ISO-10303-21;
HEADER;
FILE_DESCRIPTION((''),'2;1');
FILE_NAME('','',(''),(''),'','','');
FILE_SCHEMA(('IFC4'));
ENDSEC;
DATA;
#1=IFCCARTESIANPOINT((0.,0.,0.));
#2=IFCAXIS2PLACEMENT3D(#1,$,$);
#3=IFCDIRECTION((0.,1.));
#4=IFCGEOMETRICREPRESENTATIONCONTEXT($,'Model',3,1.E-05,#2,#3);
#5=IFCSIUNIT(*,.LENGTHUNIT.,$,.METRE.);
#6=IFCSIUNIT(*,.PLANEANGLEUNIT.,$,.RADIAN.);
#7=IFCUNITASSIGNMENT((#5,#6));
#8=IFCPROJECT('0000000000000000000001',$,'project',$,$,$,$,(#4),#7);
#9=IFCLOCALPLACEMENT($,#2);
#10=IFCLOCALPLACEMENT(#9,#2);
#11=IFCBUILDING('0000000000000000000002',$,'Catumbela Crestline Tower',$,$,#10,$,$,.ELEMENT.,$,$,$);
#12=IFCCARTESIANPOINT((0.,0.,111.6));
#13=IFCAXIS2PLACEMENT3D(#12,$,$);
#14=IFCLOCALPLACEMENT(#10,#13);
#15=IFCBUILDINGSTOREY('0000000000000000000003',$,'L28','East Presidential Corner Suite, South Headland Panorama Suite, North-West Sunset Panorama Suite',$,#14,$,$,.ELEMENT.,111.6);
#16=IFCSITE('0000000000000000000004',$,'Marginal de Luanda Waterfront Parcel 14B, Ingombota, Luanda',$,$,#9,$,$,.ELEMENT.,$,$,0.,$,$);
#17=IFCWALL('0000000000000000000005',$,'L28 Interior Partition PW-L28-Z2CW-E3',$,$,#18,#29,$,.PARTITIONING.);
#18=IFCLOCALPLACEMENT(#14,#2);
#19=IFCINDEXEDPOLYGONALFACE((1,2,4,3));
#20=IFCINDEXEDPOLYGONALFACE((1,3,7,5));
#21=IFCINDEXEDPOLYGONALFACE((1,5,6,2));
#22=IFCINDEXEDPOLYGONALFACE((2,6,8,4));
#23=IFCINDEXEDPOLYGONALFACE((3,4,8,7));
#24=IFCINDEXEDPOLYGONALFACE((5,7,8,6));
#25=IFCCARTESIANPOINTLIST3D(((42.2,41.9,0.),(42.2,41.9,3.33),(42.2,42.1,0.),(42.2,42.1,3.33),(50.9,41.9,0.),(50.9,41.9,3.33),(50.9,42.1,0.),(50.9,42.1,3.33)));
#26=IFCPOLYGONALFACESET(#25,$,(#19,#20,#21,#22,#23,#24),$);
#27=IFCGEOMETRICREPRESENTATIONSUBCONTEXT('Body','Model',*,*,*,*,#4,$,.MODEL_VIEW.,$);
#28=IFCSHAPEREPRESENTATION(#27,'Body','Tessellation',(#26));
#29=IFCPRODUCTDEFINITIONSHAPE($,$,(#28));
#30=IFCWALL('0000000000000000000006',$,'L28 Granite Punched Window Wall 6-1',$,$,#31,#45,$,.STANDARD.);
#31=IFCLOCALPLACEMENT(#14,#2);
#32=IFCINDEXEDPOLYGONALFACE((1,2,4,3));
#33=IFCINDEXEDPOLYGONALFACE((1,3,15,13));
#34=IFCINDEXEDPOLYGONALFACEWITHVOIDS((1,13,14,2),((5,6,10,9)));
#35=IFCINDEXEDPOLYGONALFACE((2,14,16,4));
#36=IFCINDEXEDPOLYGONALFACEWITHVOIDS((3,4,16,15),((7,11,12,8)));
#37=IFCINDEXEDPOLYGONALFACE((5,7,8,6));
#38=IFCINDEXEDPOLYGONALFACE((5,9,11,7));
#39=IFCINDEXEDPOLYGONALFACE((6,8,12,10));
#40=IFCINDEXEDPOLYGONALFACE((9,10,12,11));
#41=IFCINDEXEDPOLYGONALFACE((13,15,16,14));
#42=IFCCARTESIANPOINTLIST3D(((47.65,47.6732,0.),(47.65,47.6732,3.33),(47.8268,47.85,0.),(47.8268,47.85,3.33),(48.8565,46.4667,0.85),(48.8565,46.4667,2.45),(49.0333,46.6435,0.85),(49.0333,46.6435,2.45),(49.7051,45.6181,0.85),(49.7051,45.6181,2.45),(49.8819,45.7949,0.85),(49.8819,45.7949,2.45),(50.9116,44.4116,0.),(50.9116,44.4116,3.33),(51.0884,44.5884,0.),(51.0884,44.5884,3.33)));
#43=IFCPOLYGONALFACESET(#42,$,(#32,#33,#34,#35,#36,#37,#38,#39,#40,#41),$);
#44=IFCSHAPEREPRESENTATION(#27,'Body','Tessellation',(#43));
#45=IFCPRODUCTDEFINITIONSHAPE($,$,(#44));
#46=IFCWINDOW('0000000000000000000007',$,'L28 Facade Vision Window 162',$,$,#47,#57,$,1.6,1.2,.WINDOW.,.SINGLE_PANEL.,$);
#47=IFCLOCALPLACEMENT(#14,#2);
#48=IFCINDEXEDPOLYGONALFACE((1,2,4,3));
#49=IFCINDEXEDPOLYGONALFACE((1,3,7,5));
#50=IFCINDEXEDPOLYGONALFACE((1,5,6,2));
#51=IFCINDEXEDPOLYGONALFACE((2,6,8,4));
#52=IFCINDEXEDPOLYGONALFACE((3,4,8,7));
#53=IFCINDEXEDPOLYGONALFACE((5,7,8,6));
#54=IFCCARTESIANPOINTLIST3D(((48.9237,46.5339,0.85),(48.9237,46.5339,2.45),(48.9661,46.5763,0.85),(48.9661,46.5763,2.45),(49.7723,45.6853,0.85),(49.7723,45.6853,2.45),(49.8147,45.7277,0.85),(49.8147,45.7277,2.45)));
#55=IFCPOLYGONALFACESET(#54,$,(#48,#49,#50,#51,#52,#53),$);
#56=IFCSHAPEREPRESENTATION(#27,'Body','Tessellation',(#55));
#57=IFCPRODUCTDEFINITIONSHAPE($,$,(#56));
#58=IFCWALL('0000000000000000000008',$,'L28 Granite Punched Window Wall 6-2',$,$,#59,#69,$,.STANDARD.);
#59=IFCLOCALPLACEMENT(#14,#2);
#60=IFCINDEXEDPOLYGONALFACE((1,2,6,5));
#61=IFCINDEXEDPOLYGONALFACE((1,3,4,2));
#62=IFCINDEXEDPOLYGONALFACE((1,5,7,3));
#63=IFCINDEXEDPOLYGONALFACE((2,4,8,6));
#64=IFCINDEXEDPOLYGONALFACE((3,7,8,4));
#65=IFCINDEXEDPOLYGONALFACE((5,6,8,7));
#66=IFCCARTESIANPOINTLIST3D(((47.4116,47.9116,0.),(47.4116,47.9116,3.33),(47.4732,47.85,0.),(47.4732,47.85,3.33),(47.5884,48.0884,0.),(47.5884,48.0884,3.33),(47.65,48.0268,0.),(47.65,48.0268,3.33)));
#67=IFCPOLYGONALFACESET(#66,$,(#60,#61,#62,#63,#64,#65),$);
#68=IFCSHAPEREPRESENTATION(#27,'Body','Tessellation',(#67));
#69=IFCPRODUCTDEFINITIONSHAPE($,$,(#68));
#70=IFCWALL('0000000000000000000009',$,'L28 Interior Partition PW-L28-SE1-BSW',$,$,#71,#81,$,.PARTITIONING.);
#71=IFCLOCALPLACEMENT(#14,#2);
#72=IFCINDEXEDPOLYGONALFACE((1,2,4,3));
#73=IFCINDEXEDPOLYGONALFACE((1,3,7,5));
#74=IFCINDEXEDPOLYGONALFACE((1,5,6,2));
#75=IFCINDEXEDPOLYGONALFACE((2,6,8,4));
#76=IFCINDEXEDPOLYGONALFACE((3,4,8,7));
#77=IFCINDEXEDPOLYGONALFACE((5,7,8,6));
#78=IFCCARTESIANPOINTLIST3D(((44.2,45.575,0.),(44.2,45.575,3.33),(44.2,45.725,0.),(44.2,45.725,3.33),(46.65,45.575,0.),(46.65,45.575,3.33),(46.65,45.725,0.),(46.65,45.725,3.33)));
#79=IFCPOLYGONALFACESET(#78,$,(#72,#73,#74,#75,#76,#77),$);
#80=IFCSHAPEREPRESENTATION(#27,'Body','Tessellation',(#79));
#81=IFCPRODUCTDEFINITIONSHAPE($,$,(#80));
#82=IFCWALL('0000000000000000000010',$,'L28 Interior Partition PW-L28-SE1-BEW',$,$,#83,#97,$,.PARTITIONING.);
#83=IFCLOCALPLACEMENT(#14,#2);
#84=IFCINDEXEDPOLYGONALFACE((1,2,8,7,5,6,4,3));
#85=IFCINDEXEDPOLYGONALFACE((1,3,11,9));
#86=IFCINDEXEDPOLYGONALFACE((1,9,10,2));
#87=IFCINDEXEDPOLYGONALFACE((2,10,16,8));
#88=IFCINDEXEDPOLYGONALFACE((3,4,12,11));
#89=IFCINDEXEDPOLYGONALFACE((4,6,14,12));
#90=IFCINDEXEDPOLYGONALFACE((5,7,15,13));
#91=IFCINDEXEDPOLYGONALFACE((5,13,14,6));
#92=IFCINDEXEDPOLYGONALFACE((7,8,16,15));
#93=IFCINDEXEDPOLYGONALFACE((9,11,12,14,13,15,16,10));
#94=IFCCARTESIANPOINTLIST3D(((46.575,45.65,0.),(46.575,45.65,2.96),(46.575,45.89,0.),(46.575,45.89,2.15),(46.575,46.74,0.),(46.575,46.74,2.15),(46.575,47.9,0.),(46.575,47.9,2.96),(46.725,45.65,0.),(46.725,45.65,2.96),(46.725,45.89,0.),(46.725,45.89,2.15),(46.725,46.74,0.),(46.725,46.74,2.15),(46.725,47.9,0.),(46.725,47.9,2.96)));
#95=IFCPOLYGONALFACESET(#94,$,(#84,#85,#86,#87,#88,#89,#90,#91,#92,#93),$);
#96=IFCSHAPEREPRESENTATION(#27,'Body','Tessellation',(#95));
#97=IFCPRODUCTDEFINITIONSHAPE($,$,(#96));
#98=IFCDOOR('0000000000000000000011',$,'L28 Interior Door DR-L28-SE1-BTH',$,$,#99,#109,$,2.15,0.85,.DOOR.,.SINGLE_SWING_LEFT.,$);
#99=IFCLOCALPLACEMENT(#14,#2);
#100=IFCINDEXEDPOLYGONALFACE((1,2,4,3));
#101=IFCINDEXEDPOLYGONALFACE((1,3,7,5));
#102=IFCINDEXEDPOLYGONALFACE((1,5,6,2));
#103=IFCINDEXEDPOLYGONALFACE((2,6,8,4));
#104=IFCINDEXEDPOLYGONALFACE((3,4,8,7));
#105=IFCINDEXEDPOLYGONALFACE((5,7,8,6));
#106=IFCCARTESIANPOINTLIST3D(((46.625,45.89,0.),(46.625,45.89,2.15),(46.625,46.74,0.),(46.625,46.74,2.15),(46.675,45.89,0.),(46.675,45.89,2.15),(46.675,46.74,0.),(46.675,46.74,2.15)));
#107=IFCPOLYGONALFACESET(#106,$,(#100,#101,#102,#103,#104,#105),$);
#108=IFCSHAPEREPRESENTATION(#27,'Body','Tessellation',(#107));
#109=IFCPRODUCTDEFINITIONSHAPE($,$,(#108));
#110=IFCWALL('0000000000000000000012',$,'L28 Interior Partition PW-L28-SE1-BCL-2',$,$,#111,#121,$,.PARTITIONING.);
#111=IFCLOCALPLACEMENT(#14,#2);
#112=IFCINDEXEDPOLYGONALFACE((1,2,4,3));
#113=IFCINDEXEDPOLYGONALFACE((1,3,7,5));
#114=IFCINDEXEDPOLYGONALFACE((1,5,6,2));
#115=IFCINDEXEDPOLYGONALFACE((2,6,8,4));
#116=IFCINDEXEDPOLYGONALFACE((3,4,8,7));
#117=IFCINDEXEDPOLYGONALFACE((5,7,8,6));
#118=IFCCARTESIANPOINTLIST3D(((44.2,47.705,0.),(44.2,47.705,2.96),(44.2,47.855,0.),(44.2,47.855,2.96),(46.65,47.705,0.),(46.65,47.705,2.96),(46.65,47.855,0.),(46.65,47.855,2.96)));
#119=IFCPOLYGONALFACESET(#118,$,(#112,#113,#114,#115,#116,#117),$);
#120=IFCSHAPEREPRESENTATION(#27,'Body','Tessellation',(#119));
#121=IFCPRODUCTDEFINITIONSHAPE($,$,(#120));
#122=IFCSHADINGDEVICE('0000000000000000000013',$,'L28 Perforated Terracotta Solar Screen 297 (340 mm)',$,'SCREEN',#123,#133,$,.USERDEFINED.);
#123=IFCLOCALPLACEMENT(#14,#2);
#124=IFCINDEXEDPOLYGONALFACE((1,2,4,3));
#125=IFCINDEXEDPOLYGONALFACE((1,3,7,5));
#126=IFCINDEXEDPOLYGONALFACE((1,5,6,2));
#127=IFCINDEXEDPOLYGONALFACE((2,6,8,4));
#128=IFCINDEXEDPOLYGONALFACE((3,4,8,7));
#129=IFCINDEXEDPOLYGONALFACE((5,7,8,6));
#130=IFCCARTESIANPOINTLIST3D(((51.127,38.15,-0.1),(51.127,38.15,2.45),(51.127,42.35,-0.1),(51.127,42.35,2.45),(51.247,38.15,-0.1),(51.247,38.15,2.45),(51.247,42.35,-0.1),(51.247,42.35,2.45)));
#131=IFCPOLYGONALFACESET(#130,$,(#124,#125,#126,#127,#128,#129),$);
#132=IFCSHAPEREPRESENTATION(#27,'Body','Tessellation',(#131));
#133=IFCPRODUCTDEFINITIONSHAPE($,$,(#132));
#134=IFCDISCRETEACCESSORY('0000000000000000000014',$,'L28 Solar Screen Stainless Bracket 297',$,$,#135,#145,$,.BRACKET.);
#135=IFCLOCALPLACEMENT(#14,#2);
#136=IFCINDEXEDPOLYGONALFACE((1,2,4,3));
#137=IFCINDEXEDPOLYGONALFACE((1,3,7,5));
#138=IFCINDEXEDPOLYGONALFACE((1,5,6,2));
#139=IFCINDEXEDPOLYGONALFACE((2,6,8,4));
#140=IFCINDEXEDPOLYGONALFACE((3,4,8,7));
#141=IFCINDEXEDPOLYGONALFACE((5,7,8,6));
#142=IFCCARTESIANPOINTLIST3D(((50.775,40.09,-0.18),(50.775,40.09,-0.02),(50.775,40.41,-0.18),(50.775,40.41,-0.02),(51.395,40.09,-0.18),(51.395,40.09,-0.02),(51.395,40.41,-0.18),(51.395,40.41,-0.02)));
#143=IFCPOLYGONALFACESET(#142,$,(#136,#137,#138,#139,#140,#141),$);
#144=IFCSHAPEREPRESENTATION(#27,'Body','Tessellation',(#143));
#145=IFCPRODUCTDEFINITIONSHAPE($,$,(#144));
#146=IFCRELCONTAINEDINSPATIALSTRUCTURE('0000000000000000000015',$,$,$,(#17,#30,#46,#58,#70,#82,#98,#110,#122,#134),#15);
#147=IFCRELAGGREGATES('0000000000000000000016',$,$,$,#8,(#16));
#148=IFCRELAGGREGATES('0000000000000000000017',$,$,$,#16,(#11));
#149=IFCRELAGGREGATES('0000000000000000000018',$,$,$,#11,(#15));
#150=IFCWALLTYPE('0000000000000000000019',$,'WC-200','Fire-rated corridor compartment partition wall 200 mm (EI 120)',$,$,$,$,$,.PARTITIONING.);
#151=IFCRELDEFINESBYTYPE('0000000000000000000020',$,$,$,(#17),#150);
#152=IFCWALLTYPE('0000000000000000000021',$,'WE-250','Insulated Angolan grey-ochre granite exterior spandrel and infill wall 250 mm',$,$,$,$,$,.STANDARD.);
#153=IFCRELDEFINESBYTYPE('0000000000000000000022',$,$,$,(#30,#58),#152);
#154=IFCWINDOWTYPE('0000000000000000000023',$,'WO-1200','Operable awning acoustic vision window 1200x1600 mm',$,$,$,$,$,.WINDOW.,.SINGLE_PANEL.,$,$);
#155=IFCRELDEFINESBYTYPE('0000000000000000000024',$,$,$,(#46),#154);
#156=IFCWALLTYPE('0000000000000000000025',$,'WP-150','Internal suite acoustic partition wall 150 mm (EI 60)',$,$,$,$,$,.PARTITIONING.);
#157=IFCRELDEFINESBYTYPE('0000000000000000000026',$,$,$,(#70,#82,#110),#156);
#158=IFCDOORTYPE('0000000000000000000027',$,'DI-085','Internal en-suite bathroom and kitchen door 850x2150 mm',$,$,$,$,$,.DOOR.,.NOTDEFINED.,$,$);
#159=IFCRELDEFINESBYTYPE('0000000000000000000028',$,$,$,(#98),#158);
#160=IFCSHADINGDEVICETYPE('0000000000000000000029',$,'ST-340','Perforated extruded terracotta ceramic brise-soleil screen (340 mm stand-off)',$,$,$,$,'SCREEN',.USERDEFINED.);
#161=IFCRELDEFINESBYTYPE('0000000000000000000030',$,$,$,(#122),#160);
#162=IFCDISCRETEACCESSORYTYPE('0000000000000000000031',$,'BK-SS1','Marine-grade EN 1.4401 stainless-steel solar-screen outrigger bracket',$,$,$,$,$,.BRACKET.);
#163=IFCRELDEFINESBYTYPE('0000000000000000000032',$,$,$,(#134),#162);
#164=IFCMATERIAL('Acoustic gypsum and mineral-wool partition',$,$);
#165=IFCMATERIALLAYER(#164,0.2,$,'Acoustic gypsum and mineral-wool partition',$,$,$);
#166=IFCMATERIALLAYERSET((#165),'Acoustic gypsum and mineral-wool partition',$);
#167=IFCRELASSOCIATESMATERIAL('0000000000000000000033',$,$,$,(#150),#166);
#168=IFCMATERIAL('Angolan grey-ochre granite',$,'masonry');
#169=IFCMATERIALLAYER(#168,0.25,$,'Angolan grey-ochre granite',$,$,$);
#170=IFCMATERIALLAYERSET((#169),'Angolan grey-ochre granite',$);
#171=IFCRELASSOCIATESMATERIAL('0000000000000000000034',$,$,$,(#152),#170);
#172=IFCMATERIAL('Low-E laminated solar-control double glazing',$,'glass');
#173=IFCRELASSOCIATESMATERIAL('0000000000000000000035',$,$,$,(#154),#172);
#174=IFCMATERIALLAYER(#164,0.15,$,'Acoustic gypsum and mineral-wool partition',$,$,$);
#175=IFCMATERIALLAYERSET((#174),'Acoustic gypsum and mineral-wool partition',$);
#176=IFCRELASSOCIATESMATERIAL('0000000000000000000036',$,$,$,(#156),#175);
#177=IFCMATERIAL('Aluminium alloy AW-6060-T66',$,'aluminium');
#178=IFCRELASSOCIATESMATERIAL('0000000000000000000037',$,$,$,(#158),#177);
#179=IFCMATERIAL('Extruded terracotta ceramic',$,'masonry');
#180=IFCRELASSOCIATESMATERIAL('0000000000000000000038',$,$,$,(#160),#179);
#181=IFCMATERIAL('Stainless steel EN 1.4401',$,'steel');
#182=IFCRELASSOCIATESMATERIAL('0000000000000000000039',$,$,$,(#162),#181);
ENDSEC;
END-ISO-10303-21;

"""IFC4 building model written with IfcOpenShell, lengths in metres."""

from ifc_helpers import new_model, si_unit, direction, frame, frame_2d, origin, origin_2d, place, context, subcontext, project, spatial, rectangle, extrude, material, layer, layer_set, type_object, element, fill, save


model = new_model("IFC4")

# Units and contexts
model_context = context("Model", 3, precision=1e-05, world=origin(), true_north=direction((0.0, 1.0)))
body_context = subcontext(model_context, "Body", "Model", "MODEL_VIEW")
ifc_project = project(units=[si_unit("LENGTHUNIT", "METRE"), si_unit("PLANEANGLEUNIT", "RADIAN")], contexts=[model_context])

# Site, building, storey
site_placement = place(None, origin())
site = spatial("IfcSite", under=ifc_project, at=site_placement, Name="Marginal de Luanda Waterfront Parcel 14B, Ingombota, Luanda", CompositionType="ELEMENT", RefElevation=0.0)
building_placement = place(site_placement, origin())
building = spatial("IfcBuilding", under=site, at=building_placement, Name="Catumbela Crestline Tower", CompositionType="ELEMENT")
storey_placement = place(building_placement, frame((0.0, 0.0, 111.6)))
storey = spatial("IfcBuildingStorey", under=building, at=storey_placement, Name="L28", Description="East Presidential Corner Suite, South Headland Panorama Suite, North-West Sunset Panorama Suite", CompositionType="ELEMENT", Elevation=111.6)

# Shared definitions
ifc_material_1 = material(Name="Aluminium alloy AW-6060-T66", Category="aluminium")

# Shared definitions
ifc_material_2 = material(Name="Low-E laminated solar-control double glazing", Category="glass")

# Wall
ifc_material_3 = material(Name="Acoustic gypsum and mineral-wool partition")
ifc_layer_1 = layer(ifc_material_3, 0.2, Name="Acoustic gypsum and mineral-wool partition")
ifc_layer_set_1 = layer_set([ifc_layer_1], Name="Acoustic gypsum and mineral-wool partition")
wall_type_1 = type_object("IfcWallType", Name="WC-200", Description="Fire-rated corridor compartment partition wall 200 mm (EI 120)", PredefinedType="PARTITIONING", material=ifc_layer_set_1)
wall_1_placement = place(storey_placement, frame((42.2, 42.0, 0.0), z_axis=(0.0, 0.0, 1.0), x_axis=(1.0, 0.0, 0.0)))
element("IfcWall", 1, at=wall_1_placement, inside=storey, type_object=wall_type_1, Name="L28 Interior Partition PW-L28-Z2CW-E3", PredefinedType="PARTITIONING", context=body_context, shape_type="SweptSolid", body=[
    extrude(rectangle(XDim=8.7, YDim=0.2, at=frame_2d((4.35, 0.0))), origin(), (0.0, 0.0, 1.0), 3.33),
])

# Wall, opening, window
ifc_material_4 = material(Name="Angolan grey-ochre granite", Category="masonry")
ifc_layer_2 = layer(ifc_material_4, 0.25, Name="Angolan grey-ochre granite")
ifc_layer_set_2 = layer_set([ifc_layer_2], Name="Angolan grey-ochre granite")
wall_type_2 = type_object("IfcWallType", Name="WE-250", Description="Insulated Angolan grey-ochre granite exterior spandrel and infill wall 250 mm", PredefinedType="STANDARD", material=ifc_layer_set_2)
wall_2_placement = place(storey_placement, frame((51.0, 44.5, 0.0), z_axis=(0.0, 0.0, 1.0), x_axis=(-0.707107, 0.707107, 0.0)))
wall_2 = element("IfcWall", 2, at=wall_2_placement, inside=storey, type_object=wall_type_2, Name="L28 Granite Punched Window Wall 6-1", PredefinedType="STANDARD", context=body_context, shape_type="SweptSolid", body=[
    extrude(rectangle(XDim=4.6126, YDim=0.25, at=frame_2d((2.3063, 0.0))), origin(), (0.0, 0.0, 1.0), 3.33),
])
opening_1_placement = place(wall_2_placement, frame((1.7063, 0.0, 0.85)))
opening_1 = element("IfcOpeningElement", 3, at=opening_1_placement, cuts=wall_2, PredefinedType="OPENING", context=body_context, shape_type="SweptSolid", body=[
    extrude(rectangle(XDim=1.2, YDim=1.6, at=frame_2d((0.6, 0.8))), frame((0.0, 0.135, 0.0), z_axis=(0.0, -1.0, 0.0), x_axis=(1.0, 0.0, 0.0)), (0.0, 0.0, 1.0), 0.27),
])
window_type = type_object("IfcWindowType", Name="WO-1200", Description="Operable awning acoustic vision window 1200x1600 mm", PartitioningType="SINGLE_PANEL", PredefinedType="WINDOW", material=ifc_material_2)
window_placement = place(opening_1_placement, origin())
window = element("IfcWindow", 4, at=window_placement, inside=storey, type_object=window_type, Name="L28 Facade Vision Window 162", OverallHeight=1.6, OverallWidth=1.2, PartitioningType="SINGLE_PANEL", PredefinedType="WINDOW", context=body_context, shape_type="SweptSolid", body=[
    extrude(rectangle(XDim=1.2, YDim=1.6, at=frame_2d((0.6, 0.8))), frame((0.0, 0.03, 0.0), z_axis=(0.0, -1.0, 0.0), x_axis=(1.0, 0.0, 0.0)), (0.0, 0.0, 1.0), 0.06),
])
fill(opening_1, window)

# Walls
wall_3_placement = place(storey_placement, frame((47.5616, 47.9384, 0.0), z_axis=(0.0, 0.0, 1.0), x_axis=(-0.707107, 0.707107, 0.0)))
element("IfcWall", 5, at=wall_3_placement, inside=storey, type_object=wall_type_2, Name="L28 Granite Punched Window Wall 6-2", PredefinedType="STANDARD", context=body_context, shape_type="SweptSolid", body=[
    extrude(rectangle(XDim=0.0871, YDim=0.25, at=frame_2d((0.0436, 0.0))), origin(), (0.0, 0.0, 1.0), 3.33),
])
ifc_layer_3 = layer(ifc_material_3, 0.15, Name="Acoustic gypsum and mineral-wool partition")
ifc_layer_set_3 = layer_set([ifc_layer_3], Name="Acoustic gypsum and mineral-wool partition")
wall_type_3 = type_object("IfcWallType", Name="WP-150", Description="Internal suite acoustic partition wall 150 mm (EI 60)", PredefinedType="PARTITIONING", material=ifc_layer_set_3)
wall_4_placement = place(storey_placement, frame((44.2, 45.65, 0.0), z_axis=(0.0, 0.0, 1.0), x_axis=(1.0, 0.0, 0.0)))
element("IfcWall", 6, at=wall_4_placement, inside=storey, type_object=wall_type_3, Name="L28 Interior Partition PW-L28-SE1-BSW", PredefinedType="PARTITIONING", context=body_context, shape_type="SweptSolid", body=[
    extrude(rectangle(XDim=2.45, YDim=0.15, at=frame_2d((1.225, 0.0))), origin(), (0.0, 0.0, 1.0), 3.33),
])

# Wall, opening, door
wall_5_placement = place(storey_placement, frame((46.65, 45.65, 0.0), z_axis=(0.0, 0.0, 1.0), x_axis=(0.0, 1.0, 0.0)))
wall_5 = element("IfcWall", 7, at=wall_5_placement, inside=storey, type_object=wall_type_3, Name="L28 Interior Partition PW-L28-SE1-BEW", PredefinedType="PARTITIONING", context=body_context, shape_type="SweptSolid", body=[
    extrude(rectangle(XDim=2.25, YDim=0.15, at=frame_2d((1.125, 0.0))), origin(), (0.0, 0.0, 1.0), 2.96),
])
opening_2_placement = place(wall_5_placement, frame((0.24, 0.0, 0.0)))
opening_2 = element("IfcOpeningElement", 8, at=opening_2_placement, cuts=wall_5, PredefinedType="OPENING", context=body_context, shape_type="SweptSolid", body=[
    extrude(rectangle(XDim=0.85, YDim=2.15, at=frame_2d((0.425, 1.075))), frame((0.0, 0.085, 0.0), z_axis=(0.0, -1.0, 0.0), x_axis=(1.0, 0.0, 0.0)), (0.0, 0.0, 1.0), 0.17),
])
door_type = type_object("IfcDoorType", Name="DI-085", Description="Internal en-suite bathroom and kitchen door 850x2150 mm", OperationType="NOTDEFINED", PredefinedType="DOOR", material=ifc_material_1)
door_placement = place(opening_2_placement, origin())
door = element("IfcDoor", 9, at=door_placement, inside=storey, type_object=door_type, Name="L28 Interior Door DR-L28-SE1-BTH", OperationType="SINGLE_SWING_LEFT", OverallHeight=2.15, OverallWidth=0.85, PredefinedType="DOOR", context=body_context, shape_type="SweptSolid", body=[
    extrude(rectangle(XDim=0.85, YDim=2.15, at=frame_2d((0.425, 1.075))), frame((0.0, 0.025, 0.0), z_axis=(0.0, -1.0, 0.0), x_axis=(1.0, 0.0, 0.0)), (0.0, 0.0, 1.0), 0.05),
])
fill(opening_2, door)

# Wall
wall_6_placement = place(storey_placement, frame((44.2, 47.78, 0.0), z_axis=(0.0, 0.0, 1.0), x_axis=(1.0, 0.0, 0.0)))
element("IfcWall", 10, at=wall_6_placement, inside=storey, type_object=wall_type_3, Name="L28 Interior Partition PW-L28-SE1-BCL-2", PredefinedType="PARTITIONING", context=body_context, shape_type="SweptSolid", body=[
    extrude(rectangle(XDim=2.45, YDim=0.15, at=frame_2d((1.225, 0.0))), origin(), (0.0, 0.0, 1.0), 2.96),
])

# Shading device
ifc_material_5 = material(Name="Extruded terracotta ceramic", Category="masonry")
shading_device_type = type_object("IfcShadingDeviceType", Name="ST-340", Description="Perforated extruded terracotta ceramic brise-soleil screen (340 mm stand-off)", ElementType="SCREEN", PredefinedType="USERDEFINED", material=ifc_material_5)
shading_device_placement = place(storey_placement, frame((51.187, 40.25, -0.1), z_axis=(0.0, 0.0, 1.0), x_axis=(0.0, 1.0, 0.0)))
element("IfcShadingDevice", 11, at=shading_device_placement, inside=storey, type_object=shading_device_type, Name="L28 Perforated Terracotta Solar Screen 297 (340 mm)", ObjectType="SCREEN", PredefinedType="USERDEFINED", context=body_context, shape_type="SweptSolid", body=[
    extrude(rectangle(XDim=4.2, YDim=0.12, at=origin_2d()), origin(), (0.0, 0.0, 1.0), 2.55),
])

# Discrete accessory
ifc_material_6 = material(Name="Stainless steel EN 1.4401", Category="steel")
discrete_accessory_type = type_object("IfcDiscreteAccessoryType", Name="BK-SS1", Description="Marine-grade EN 1.4401 stainless-steel solar-screen outrigger bracket", PredefinedType="BRACKET", material=ifc_material_6)
discrete_accessory_placement = place(storey_placement, frame((51.085, 40.25, -0.18), z_axis=(0.0, 0.0, 1.0), x_axis=(0.0, 1.0, 0.0)))
element("IfcDiscreteAccessory", 12, at=discrete_accessory_placement, inside=storey, type_object=discrete_accessory_type, Name="L28 Solar Screen Stainless Bracket 297", PredefinedType="BRACKET", context=body_context, shape_type="SweptSolid", body=[
    extrude(rectangle(XDim=0.32, YDim=0.62, at=origin_2d()), origin(), (0.0, 0.0, 1.0), 0.16),
])

save(model, "model.ifc")
